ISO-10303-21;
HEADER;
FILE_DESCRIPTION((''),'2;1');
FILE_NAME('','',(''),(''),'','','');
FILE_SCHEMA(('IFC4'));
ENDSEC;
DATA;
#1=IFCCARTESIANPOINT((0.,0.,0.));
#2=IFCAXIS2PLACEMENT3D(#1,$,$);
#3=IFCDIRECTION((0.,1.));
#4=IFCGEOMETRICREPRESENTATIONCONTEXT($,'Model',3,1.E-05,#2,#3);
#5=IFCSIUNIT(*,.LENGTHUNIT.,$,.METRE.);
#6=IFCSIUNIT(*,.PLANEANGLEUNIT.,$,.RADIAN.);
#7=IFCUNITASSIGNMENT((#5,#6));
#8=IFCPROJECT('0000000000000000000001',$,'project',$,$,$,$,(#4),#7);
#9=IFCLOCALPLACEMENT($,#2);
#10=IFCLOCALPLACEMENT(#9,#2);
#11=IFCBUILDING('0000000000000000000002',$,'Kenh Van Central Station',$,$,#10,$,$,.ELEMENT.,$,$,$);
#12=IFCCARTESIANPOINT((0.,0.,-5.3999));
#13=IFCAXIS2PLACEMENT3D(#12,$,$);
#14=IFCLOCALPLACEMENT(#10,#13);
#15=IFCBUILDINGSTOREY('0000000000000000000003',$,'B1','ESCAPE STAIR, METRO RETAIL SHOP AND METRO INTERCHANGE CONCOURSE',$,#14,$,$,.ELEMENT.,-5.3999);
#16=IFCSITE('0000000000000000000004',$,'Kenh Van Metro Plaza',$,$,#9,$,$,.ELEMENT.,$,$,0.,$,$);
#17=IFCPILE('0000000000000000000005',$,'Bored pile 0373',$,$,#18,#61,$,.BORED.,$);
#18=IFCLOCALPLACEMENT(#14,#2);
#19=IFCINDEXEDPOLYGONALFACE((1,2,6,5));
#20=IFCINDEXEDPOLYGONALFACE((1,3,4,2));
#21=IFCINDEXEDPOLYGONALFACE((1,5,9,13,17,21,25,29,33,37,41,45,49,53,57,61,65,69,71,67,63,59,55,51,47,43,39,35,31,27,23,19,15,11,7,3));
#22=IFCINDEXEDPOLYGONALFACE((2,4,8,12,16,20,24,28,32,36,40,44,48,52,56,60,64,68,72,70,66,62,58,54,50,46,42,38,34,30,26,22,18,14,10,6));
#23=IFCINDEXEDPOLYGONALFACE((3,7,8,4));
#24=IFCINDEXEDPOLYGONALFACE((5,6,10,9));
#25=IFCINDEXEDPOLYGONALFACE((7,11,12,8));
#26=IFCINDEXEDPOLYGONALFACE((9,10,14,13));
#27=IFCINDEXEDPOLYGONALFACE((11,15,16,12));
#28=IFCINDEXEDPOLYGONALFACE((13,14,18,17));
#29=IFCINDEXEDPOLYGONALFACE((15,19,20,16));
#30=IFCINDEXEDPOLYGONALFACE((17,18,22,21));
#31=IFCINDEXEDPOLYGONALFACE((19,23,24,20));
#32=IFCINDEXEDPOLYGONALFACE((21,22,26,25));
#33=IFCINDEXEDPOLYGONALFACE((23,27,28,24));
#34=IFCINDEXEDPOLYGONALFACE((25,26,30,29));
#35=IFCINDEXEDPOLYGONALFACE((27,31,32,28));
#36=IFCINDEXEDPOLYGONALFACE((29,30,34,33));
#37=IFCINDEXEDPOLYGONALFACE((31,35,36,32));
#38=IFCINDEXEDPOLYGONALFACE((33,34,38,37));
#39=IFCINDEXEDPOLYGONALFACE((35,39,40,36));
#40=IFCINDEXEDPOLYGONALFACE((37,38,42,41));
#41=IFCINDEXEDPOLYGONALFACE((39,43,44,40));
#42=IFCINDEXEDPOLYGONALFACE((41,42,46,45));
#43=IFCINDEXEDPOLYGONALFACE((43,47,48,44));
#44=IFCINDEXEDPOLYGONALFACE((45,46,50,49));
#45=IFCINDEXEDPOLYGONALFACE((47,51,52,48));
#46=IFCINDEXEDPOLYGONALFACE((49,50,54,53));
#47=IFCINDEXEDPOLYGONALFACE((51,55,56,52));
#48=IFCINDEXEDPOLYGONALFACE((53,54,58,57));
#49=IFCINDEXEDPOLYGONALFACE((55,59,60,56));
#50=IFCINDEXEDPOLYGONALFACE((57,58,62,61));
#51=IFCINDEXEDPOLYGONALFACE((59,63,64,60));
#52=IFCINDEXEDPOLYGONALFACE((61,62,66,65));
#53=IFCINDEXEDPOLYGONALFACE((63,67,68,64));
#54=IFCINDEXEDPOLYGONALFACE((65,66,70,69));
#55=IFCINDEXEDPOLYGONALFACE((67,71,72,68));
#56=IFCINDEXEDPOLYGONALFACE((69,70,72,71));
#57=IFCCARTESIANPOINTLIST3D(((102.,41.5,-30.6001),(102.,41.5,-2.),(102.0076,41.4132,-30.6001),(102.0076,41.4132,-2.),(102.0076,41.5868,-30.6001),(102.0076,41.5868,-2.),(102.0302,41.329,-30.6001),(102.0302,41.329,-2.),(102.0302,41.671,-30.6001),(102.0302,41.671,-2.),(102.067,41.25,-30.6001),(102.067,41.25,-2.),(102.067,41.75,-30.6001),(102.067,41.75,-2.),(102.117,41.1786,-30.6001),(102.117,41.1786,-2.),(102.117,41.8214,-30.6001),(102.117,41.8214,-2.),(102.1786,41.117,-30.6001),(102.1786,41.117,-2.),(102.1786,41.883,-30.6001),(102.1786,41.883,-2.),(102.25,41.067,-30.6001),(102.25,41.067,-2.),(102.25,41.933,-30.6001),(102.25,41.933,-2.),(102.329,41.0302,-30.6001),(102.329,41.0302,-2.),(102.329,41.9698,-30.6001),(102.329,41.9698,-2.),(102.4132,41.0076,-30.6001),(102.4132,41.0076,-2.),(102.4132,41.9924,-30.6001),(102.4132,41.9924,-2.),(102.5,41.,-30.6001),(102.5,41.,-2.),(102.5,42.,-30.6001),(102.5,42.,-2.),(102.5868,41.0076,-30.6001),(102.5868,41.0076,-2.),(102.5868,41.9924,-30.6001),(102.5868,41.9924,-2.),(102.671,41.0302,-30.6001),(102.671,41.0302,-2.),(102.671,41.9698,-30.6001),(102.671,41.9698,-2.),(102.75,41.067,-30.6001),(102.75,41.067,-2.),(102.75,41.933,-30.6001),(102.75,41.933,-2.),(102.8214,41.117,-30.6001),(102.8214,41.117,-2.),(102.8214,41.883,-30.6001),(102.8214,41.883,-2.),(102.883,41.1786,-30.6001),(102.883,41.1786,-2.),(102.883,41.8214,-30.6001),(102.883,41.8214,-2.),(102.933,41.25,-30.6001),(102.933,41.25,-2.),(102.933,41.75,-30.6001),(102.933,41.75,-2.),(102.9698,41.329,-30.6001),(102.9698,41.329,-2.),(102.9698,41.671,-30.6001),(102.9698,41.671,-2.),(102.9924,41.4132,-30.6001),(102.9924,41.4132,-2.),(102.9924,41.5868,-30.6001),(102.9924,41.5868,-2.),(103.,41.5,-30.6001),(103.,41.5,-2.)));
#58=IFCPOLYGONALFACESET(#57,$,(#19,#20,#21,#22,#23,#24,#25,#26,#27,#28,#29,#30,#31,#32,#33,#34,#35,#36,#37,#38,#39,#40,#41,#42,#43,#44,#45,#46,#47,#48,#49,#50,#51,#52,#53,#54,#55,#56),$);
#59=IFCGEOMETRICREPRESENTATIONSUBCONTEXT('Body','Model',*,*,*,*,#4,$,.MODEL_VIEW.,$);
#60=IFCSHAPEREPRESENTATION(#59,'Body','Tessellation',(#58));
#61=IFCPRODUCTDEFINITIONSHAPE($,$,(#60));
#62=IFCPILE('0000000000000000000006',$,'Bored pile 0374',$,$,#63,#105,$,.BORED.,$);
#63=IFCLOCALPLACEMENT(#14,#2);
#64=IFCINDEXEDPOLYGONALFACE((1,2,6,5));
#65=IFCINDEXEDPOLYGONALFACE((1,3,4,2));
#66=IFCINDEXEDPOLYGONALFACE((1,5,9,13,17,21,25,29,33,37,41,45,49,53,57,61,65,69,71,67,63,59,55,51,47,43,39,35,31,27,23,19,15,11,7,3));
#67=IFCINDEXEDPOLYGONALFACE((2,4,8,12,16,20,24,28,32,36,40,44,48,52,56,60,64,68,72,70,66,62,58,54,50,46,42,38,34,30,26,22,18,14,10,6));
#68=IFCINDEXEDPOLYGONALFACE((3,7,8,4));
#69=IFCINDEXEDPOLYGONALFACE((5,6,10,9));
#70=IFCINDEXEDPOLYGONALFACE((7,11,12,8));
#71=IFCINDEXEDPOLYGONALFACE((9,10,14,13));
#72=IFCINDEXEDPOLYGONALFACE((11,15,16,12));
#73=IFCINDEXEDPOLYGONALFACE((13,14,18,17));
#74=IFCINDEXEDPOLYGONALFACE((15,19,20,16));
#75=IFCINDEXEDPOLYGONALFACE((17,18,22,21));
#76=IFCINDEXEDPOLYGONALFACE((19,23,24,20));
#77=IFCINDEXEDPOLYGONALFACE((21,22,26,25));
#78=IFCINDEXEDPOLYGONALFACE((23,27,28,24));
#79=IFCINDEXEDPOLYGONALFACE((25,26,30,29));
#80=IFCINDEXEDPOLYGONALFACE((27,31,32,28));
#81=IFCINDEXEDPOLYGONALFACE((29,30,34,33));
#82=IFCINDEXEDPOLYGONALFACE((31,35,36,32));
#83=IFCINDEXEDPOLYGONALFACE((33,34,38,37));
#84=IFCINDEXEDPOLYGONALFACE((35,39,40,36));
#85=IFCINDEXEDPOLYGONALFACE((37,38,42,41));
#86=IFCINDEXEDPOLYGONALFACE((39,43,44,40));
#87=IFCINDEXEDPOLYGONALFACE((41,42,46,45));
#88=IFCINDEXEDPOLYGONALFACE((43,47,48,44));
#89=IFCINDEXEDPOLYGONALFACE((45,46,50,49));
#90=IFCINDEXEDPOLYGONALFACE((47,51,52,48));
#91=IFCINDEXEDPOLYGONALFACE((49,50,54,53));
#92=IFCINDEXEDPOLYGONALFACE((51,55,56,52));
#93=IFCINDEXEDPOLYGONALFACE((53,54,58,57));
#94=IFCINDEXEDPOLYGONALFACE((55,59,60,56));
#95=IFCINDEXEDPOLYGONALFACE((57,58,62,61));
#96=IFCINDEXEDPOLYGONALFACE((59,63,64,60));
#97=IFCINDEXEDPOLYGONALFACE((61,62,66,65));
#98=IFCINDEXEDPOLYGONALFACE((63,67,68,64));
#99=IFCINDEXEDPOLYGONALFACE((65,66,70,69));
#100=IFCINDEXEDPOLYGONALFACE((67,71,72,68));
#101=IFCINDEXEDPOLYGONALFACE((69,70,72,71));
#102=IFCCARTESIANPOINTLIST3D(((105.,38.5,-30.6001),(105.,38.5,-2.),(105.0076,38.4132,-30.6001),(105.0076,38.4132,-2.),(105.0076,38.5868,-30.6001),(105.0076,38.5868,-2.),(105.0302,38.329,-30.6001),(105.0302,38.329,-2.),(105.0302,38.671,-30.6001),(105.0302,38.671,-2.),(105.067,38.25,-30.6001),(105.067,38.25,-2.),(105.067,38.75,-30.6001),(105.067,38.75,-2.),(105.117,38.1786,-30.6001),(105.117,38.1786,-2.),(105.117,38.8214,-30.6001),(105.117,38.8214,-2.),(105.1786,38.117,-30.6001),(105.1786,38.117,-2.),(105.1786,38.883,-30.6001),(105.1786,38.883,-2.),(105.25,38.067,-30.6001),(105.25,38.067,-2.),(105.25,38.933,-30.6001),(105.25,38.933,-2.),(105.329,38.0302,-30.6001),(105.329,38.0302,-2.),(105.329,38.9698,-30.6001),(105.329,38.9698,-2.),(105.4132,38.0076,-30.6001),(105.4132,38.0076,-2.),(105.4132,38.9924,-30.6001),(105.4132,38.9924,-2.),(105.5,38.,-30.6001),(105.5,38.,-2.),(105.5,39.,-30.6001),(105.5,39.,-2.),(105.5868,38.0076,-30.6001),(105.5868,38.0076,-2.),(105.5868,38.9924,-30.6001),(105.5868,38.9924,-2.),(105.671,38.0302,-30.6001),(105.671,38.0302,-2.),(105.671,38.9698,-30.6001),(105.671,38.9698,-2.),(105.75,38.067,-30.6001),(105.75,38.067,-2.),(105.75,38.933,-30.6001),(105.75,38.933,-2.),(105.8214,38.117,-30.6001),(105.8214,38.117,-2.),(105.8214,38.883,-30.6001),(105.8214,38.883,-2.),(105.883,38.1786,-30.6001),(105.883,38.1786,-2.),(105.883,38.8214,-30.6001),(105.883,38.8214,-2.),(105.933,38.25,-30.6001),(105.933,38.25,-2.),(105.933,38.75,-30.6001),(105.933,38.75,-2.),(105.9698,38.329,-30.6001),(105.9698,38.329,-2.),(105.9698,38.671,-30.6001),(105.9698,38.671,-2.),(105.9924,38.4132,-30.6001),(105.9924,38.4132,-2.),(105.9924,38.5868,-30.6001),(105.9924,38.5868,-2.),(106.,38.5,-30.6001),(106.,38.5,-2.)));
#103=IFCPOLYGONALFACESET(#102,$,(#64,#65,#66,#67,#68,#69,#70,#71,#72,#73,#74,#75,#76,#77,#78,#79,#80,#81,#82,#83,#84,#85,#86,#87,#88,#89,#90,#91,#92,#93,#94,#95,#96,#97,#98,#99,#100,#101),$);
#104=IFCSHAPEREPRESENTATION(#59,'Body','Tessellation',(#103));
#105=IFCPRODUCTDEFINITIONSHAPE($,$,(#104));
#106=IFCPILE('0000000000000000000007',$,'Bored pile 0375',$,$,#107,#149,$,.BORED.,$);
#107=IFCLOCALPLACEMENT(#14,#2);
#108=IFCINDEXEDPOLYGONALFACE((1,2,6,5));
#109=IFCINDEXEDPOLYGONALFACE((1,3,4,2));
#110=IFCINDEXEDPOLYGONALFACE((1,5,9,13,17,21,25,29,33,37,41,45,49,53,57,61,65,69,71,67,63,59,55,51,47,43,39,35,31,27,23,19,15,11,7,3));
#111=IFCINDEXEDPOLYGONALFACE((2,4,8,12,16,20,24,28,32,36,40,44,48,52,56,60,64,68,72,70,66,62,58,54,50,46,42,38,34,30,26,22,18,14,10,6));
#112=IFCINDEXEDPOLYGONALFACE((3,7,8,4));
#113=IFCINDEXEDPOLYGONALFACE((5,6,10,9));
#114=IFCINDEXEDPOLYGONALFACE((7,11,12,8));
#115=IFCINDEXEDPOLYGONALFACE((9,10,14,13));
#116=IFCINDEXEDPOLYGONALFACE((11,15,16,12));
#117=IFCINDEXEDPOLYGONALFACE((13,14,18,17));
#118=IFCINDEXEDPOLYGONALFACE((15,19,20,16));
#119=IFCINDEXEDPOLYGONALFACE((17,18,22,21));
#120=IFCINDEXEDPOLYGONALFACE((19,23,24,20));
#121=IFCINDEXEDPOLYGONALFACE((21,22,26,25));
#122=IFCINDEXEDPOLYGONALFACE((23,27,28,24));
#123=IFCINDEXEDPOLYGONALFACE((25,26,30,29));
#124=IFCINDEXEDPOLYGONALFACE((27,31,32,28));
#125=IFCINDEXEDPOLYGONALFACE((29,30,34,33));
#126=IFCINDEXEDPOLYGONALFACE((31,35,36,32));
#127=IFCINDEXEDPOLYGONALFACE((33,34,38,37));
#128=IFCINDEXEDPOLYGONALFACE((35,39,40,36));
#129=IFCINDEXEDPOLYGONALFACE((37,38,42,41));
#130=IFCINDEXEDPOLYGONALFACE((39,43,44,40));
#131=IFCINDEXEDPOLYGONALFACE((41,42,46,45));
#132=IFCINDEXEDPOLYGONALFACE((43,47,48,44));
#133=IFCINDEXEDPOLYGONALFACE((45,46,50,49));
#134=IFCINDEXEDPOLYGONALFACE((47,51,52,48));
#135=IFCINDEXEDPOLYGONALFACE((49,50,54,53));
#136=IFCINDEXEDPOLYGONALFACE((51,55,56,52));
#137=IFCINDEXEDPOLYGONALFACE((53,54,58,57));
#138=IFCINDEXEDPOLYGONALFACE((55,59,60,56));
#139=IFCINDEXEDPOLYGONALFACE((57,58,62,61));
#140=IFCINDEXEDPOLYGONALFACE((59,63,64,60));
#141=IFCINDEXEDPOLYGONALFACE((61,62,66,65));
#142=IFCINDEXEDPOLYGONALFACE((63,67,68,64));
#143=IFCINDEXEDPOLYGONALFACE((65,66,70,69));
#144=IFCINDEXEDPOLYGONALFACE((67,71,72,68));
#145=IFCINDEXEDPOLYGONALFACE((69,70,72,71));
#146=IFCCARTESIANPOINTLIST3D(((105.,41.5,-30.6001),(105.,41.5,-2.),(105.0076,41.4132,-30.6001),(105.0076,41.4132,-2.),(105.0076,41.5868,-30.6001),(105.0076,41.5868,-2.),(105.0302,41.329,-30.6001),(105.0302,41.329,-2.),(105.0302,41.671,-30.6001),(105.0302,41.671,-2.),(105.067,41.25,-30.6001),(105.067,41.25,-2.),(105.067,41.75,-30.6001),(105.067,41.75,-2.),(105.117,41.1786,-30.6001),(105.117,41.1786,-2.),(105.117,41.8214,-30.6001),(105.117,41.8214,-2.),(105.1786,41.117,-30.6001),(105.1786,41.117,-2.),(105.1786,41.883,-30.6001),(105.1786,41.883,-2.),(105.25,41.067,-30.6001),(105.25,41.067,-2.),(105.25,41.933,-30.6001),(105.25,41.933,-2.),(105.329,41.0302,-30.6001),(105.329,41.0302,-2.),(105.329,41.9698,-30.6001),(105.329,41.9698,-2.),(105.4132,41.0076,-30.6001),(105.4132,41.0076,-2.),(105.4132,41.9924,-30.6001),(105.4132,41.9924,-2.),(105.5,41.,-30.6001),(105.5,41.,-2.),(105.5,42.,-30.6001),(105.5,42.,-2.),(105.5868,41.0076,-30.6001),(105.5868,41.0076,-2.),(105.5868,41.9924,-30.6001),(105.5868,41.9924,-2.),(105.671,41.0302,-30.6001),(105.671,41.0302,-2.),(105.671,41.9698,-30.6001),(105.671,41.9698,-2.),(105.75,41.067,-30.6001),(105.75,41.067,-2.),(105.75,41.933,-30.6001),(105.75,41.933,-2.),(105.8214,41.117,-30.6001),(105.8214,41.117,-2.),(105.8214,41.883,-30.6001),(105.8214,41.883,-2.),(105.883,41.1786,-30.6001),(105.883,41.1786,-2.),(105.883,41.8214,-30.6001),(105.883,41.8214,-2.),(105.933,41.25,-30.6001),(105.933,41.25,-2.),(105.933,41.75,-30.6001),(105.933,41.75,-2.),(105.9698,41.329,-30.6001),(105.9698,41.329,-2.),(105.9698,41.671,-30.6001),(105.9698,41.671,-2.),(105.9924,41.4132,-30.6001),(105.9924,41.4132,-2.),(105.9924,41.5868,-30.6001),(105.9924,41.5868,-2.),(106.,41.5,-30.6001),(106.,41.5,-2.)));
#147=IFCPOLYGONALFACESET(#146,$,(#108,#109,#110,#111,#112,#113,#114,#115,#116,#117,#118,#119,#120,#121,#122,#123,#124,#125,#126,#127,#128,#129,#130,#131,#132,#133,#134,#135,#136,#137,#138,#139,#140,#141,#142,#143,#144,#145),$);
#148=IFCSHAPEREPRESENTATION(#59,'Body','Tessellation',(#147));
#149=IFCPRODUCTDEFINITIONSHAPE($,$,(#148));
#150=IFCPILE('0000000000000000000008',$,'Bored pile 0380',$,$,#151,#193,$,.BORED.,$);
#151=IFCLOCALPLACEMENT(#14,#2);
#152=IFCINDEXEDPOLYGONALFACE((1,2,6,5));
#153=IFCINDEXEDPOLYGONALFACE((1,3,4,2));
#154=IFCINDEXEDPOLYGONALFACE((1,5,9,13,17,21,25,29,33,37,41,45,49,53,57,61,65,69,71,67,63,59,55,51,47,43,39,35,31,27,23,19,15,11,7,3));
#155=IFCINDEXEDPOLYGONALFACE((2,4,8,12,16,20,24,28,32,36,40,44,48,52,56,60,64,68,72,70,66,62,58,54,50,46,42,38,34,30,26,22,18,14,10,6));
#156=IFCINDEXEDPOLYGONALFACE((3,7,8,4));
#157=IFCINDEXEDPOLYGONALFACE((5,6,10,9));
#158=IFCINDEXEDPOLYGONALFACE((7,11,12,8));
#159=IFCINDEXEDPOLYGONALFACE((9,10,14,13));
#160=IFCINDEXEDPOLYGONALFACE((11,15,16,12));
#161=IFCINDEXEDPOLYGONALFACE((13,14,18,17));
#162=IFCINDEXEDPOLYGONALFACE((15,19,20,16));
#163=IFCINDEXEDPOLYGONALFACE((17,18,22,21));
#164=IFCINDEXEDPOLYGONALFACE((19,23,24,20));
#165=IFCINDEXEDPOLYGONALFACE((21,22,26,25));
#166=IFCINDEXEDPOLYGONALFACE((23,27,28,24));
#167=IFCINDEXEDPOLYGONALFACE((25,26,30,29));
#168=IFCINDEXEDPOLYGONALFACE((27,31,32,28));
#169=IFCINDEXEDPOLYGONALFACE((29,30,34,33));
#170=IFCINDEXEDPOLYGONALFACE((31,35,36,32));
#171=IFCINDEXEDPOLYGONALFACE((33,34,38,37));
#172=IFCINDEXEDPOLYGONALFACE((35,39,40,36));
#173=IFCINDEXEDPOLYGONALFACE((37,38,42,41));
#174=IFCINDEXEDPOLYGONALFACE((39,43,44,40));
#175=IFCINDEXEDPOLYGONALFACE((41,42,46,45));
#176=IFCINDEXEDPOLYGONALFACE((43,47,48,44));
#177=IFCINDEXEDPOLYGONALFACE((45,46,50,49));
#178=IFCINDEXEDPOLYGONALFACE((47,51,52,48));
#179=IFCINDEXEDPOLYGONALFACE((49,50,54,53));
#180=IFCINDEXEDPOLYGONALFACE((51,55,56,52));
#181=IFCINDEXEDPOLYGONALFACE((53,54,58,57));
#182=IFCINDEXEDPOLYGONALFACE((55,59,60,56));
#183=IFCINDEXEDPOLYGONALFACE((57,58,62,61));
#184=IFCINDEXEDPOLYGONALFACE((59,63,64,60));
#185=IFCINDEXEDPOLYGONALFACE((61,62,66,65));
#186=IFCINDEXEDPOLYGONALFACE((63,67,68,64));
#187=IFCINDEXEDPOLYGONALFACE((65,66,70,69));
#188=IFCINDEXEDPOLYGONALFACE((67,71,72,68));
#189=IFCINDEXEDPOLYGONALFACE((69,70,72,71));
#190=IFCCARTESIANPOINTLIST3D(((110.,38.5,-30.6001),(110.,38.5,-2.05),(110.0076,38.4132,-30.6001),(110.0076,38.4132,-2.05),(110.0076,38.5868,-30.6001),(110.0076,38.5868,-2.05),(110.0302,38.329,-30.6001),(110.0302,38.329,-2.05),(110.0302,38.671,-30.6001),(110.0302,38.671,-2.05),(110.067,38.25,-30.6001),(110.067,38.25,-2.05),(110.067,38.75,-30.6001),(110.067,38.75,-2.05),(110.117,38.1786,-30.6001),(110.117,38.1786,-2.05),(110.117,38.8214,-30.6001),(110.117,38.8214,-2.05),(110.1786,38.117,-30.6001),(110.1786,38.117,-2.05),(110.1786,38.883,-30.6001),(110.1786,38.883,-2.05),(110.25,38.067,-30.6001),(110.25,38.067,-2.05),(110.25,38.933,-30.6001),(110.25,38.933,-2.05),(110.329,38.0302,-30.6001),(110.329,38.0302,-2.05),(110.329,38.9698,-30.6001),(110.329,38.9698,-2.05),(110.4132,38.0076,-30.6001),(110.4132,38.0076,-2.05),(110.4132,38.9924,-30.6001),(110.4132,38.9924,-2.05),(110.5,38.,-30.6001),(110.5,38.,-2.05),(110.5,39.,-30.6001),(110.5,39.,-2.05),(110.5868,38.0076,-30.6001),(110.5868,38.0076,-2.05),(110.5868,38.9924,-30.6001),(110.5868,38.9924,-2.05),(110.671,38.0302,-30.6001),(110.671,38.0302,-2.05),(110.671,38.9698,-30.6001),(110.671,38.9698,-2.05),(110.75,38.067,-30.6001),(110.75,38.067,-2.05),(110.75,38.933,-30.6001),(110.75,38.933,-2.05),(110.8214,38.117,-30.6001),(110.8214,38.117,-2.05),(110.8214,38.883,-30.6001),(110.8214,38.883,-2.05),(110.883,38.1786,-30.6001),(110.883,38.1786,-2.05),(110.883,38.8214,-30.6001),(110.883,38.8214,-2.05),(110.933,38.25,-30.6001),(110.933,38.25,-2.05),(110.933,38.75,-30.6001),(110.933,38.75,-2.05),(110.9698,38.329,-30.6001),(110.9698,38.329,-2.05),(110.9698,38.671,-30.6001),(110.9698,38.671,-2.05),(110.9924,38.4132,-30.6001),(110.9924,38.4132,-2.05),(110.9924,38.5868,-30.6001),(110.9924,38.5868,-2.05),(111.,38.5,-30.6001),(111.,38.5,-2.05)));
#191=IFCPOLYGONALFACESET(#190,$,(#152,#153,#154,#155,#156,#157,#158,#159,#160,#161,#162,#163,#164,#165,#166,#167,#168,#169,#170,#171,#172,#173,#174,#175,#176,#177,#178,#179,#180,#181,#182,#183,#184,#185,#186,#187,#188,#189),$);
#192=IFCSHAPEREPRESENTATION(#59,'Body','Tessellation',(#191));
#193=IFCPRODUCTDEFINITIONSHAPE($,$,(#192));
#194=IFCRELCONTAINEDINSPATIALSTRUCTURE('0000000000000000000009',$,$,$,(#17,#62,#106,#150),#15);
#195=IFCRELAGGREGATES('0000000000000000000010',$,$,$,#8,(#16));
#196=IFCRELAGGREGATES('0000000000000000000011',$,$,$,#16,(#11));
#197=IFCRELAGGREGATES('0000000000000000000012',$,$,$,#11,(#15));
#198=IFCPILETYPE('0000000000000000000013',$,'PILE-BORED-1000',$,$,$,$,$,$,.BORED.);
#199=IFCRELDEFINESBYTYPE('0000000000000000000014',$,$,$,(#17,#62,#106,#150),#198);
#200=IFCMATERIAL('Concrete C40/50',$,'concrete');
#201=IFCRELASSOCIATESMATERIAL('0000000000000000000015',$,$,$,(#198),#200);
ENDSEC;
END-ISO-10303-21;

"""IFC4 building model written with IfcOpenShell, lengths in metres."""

from ifc_helpers import new_model, si_unit, direction, frame, origin, origin_2d, place, context, subcontext, project, spatial, circle, extrude, material, material_profile, profile_set, type_object, element, save


model = new_model("IFC4")

# Units and contexts
model_context = context("Model", 3, precision=1e-05, world=origin(), true_north=direction((0.0, 1.0)))
body_context = subcontext(model_context, "Body", "Model", "MODEL_VIEW")
ifc_project = project(units=[si_unit("LENGTHUNIT", "METRE"), si_unit("PLANEANGLEUNIT", "RADIAN")], contexts=[model_context])

# Site, building, storey
site_placement = place(None, origin())
site = spatial("IfcSite", under=ifc_project, at=site_placement, Name="Kenh Van Metro Plaza", CompositionType="ELEMENT", RefElevation=0.0)
building_placement = place(site_placement, origin())
building = spatial("IfcBuilding", under=site, at=building_placement, Name="Kenh Van Central Station", CompositionType="ELEMENT")
storey_placement = place(building_placement, frame((0.0, 0.0, -5.3999)))
storey = spatial("IfcBuildingStorey", under=building, at=storey_placement, Name="B1", Description="ESCAPE STAIR, METRO RETAIL SHOP AND METRO INTERCHANGE CONCOURSE", CompositionType="ELEMENT", Elevation=-5.3999)

# Shared definitions
ifc_material_1 = material(Name="Concrete C40/50", Category="concrete")

# Piles
ifc_material_profile_1 = material_profile(ifc_material_1, circle(Radius=0.5, at=origin_2d()), Name="PILE D1000")
ifc_profile_set_1 = profile_set([ifc_material_profile_1], Name="Concrete C40/50")
pile_type_1 = type_object("IfcPileType", Name="PILE-BORED-1000", PredefinedType="BORED", material=ifc_profile_set_1)
for number, where, z_axis, x_axis, name in (
    (1, (102.5, 41.5, -2.0), (0.0, 0.0, -1.0), (1.0, 0.0, 0.0), "Bored pile 0373"),
    (2, (105.5, 38.5, -2.0), (0.0, 0.0, -1.0), (1.0, 0.0, 0.0), "Bored pile 0374"),
    (3, (105.5, 41.5, -2.0), (0.0, 0.0, -1.0), (1.0, 0.0, 0.0), "Bored pile 0375"),
):
    element("IfcPile", number, at=place(storey_placement, frame(where, z_axis=z_axis, x_axis=x_axis)), inside=storey, type_object=pile_type_1, Name=name, PredefinedType="BORED", context=body_context, shape_type="SweptSolid", body=[
        extrude(circle(Radius=0.5, at=origin_2d()), origin(), (0.0, 0.0, 1.0), 28.6001),
    ])
for number, where, z_axis, x_axis, name in (
    (4, (110.5, 38.5, -2.05), (0.0, 0.0, -1.0), (1.0, 0.0, 0.0), "Bored pile 0380"),
):
    element("IfcPile", number, at=place(storey_placement, frame(where, z_axis=z_axis, x_axis=x_axis)), inside=storey, type_object=pile_type_1, Name=name, PredefinedType="BORED", context=body_context, shape_type="SweptSolid", body=[
        extrude(circle(Radius=0.5, at=origin_2d()), origin(), (0.0, 0.0, 1.0), 28.55),
    ])

save(model, "model.ifc")
